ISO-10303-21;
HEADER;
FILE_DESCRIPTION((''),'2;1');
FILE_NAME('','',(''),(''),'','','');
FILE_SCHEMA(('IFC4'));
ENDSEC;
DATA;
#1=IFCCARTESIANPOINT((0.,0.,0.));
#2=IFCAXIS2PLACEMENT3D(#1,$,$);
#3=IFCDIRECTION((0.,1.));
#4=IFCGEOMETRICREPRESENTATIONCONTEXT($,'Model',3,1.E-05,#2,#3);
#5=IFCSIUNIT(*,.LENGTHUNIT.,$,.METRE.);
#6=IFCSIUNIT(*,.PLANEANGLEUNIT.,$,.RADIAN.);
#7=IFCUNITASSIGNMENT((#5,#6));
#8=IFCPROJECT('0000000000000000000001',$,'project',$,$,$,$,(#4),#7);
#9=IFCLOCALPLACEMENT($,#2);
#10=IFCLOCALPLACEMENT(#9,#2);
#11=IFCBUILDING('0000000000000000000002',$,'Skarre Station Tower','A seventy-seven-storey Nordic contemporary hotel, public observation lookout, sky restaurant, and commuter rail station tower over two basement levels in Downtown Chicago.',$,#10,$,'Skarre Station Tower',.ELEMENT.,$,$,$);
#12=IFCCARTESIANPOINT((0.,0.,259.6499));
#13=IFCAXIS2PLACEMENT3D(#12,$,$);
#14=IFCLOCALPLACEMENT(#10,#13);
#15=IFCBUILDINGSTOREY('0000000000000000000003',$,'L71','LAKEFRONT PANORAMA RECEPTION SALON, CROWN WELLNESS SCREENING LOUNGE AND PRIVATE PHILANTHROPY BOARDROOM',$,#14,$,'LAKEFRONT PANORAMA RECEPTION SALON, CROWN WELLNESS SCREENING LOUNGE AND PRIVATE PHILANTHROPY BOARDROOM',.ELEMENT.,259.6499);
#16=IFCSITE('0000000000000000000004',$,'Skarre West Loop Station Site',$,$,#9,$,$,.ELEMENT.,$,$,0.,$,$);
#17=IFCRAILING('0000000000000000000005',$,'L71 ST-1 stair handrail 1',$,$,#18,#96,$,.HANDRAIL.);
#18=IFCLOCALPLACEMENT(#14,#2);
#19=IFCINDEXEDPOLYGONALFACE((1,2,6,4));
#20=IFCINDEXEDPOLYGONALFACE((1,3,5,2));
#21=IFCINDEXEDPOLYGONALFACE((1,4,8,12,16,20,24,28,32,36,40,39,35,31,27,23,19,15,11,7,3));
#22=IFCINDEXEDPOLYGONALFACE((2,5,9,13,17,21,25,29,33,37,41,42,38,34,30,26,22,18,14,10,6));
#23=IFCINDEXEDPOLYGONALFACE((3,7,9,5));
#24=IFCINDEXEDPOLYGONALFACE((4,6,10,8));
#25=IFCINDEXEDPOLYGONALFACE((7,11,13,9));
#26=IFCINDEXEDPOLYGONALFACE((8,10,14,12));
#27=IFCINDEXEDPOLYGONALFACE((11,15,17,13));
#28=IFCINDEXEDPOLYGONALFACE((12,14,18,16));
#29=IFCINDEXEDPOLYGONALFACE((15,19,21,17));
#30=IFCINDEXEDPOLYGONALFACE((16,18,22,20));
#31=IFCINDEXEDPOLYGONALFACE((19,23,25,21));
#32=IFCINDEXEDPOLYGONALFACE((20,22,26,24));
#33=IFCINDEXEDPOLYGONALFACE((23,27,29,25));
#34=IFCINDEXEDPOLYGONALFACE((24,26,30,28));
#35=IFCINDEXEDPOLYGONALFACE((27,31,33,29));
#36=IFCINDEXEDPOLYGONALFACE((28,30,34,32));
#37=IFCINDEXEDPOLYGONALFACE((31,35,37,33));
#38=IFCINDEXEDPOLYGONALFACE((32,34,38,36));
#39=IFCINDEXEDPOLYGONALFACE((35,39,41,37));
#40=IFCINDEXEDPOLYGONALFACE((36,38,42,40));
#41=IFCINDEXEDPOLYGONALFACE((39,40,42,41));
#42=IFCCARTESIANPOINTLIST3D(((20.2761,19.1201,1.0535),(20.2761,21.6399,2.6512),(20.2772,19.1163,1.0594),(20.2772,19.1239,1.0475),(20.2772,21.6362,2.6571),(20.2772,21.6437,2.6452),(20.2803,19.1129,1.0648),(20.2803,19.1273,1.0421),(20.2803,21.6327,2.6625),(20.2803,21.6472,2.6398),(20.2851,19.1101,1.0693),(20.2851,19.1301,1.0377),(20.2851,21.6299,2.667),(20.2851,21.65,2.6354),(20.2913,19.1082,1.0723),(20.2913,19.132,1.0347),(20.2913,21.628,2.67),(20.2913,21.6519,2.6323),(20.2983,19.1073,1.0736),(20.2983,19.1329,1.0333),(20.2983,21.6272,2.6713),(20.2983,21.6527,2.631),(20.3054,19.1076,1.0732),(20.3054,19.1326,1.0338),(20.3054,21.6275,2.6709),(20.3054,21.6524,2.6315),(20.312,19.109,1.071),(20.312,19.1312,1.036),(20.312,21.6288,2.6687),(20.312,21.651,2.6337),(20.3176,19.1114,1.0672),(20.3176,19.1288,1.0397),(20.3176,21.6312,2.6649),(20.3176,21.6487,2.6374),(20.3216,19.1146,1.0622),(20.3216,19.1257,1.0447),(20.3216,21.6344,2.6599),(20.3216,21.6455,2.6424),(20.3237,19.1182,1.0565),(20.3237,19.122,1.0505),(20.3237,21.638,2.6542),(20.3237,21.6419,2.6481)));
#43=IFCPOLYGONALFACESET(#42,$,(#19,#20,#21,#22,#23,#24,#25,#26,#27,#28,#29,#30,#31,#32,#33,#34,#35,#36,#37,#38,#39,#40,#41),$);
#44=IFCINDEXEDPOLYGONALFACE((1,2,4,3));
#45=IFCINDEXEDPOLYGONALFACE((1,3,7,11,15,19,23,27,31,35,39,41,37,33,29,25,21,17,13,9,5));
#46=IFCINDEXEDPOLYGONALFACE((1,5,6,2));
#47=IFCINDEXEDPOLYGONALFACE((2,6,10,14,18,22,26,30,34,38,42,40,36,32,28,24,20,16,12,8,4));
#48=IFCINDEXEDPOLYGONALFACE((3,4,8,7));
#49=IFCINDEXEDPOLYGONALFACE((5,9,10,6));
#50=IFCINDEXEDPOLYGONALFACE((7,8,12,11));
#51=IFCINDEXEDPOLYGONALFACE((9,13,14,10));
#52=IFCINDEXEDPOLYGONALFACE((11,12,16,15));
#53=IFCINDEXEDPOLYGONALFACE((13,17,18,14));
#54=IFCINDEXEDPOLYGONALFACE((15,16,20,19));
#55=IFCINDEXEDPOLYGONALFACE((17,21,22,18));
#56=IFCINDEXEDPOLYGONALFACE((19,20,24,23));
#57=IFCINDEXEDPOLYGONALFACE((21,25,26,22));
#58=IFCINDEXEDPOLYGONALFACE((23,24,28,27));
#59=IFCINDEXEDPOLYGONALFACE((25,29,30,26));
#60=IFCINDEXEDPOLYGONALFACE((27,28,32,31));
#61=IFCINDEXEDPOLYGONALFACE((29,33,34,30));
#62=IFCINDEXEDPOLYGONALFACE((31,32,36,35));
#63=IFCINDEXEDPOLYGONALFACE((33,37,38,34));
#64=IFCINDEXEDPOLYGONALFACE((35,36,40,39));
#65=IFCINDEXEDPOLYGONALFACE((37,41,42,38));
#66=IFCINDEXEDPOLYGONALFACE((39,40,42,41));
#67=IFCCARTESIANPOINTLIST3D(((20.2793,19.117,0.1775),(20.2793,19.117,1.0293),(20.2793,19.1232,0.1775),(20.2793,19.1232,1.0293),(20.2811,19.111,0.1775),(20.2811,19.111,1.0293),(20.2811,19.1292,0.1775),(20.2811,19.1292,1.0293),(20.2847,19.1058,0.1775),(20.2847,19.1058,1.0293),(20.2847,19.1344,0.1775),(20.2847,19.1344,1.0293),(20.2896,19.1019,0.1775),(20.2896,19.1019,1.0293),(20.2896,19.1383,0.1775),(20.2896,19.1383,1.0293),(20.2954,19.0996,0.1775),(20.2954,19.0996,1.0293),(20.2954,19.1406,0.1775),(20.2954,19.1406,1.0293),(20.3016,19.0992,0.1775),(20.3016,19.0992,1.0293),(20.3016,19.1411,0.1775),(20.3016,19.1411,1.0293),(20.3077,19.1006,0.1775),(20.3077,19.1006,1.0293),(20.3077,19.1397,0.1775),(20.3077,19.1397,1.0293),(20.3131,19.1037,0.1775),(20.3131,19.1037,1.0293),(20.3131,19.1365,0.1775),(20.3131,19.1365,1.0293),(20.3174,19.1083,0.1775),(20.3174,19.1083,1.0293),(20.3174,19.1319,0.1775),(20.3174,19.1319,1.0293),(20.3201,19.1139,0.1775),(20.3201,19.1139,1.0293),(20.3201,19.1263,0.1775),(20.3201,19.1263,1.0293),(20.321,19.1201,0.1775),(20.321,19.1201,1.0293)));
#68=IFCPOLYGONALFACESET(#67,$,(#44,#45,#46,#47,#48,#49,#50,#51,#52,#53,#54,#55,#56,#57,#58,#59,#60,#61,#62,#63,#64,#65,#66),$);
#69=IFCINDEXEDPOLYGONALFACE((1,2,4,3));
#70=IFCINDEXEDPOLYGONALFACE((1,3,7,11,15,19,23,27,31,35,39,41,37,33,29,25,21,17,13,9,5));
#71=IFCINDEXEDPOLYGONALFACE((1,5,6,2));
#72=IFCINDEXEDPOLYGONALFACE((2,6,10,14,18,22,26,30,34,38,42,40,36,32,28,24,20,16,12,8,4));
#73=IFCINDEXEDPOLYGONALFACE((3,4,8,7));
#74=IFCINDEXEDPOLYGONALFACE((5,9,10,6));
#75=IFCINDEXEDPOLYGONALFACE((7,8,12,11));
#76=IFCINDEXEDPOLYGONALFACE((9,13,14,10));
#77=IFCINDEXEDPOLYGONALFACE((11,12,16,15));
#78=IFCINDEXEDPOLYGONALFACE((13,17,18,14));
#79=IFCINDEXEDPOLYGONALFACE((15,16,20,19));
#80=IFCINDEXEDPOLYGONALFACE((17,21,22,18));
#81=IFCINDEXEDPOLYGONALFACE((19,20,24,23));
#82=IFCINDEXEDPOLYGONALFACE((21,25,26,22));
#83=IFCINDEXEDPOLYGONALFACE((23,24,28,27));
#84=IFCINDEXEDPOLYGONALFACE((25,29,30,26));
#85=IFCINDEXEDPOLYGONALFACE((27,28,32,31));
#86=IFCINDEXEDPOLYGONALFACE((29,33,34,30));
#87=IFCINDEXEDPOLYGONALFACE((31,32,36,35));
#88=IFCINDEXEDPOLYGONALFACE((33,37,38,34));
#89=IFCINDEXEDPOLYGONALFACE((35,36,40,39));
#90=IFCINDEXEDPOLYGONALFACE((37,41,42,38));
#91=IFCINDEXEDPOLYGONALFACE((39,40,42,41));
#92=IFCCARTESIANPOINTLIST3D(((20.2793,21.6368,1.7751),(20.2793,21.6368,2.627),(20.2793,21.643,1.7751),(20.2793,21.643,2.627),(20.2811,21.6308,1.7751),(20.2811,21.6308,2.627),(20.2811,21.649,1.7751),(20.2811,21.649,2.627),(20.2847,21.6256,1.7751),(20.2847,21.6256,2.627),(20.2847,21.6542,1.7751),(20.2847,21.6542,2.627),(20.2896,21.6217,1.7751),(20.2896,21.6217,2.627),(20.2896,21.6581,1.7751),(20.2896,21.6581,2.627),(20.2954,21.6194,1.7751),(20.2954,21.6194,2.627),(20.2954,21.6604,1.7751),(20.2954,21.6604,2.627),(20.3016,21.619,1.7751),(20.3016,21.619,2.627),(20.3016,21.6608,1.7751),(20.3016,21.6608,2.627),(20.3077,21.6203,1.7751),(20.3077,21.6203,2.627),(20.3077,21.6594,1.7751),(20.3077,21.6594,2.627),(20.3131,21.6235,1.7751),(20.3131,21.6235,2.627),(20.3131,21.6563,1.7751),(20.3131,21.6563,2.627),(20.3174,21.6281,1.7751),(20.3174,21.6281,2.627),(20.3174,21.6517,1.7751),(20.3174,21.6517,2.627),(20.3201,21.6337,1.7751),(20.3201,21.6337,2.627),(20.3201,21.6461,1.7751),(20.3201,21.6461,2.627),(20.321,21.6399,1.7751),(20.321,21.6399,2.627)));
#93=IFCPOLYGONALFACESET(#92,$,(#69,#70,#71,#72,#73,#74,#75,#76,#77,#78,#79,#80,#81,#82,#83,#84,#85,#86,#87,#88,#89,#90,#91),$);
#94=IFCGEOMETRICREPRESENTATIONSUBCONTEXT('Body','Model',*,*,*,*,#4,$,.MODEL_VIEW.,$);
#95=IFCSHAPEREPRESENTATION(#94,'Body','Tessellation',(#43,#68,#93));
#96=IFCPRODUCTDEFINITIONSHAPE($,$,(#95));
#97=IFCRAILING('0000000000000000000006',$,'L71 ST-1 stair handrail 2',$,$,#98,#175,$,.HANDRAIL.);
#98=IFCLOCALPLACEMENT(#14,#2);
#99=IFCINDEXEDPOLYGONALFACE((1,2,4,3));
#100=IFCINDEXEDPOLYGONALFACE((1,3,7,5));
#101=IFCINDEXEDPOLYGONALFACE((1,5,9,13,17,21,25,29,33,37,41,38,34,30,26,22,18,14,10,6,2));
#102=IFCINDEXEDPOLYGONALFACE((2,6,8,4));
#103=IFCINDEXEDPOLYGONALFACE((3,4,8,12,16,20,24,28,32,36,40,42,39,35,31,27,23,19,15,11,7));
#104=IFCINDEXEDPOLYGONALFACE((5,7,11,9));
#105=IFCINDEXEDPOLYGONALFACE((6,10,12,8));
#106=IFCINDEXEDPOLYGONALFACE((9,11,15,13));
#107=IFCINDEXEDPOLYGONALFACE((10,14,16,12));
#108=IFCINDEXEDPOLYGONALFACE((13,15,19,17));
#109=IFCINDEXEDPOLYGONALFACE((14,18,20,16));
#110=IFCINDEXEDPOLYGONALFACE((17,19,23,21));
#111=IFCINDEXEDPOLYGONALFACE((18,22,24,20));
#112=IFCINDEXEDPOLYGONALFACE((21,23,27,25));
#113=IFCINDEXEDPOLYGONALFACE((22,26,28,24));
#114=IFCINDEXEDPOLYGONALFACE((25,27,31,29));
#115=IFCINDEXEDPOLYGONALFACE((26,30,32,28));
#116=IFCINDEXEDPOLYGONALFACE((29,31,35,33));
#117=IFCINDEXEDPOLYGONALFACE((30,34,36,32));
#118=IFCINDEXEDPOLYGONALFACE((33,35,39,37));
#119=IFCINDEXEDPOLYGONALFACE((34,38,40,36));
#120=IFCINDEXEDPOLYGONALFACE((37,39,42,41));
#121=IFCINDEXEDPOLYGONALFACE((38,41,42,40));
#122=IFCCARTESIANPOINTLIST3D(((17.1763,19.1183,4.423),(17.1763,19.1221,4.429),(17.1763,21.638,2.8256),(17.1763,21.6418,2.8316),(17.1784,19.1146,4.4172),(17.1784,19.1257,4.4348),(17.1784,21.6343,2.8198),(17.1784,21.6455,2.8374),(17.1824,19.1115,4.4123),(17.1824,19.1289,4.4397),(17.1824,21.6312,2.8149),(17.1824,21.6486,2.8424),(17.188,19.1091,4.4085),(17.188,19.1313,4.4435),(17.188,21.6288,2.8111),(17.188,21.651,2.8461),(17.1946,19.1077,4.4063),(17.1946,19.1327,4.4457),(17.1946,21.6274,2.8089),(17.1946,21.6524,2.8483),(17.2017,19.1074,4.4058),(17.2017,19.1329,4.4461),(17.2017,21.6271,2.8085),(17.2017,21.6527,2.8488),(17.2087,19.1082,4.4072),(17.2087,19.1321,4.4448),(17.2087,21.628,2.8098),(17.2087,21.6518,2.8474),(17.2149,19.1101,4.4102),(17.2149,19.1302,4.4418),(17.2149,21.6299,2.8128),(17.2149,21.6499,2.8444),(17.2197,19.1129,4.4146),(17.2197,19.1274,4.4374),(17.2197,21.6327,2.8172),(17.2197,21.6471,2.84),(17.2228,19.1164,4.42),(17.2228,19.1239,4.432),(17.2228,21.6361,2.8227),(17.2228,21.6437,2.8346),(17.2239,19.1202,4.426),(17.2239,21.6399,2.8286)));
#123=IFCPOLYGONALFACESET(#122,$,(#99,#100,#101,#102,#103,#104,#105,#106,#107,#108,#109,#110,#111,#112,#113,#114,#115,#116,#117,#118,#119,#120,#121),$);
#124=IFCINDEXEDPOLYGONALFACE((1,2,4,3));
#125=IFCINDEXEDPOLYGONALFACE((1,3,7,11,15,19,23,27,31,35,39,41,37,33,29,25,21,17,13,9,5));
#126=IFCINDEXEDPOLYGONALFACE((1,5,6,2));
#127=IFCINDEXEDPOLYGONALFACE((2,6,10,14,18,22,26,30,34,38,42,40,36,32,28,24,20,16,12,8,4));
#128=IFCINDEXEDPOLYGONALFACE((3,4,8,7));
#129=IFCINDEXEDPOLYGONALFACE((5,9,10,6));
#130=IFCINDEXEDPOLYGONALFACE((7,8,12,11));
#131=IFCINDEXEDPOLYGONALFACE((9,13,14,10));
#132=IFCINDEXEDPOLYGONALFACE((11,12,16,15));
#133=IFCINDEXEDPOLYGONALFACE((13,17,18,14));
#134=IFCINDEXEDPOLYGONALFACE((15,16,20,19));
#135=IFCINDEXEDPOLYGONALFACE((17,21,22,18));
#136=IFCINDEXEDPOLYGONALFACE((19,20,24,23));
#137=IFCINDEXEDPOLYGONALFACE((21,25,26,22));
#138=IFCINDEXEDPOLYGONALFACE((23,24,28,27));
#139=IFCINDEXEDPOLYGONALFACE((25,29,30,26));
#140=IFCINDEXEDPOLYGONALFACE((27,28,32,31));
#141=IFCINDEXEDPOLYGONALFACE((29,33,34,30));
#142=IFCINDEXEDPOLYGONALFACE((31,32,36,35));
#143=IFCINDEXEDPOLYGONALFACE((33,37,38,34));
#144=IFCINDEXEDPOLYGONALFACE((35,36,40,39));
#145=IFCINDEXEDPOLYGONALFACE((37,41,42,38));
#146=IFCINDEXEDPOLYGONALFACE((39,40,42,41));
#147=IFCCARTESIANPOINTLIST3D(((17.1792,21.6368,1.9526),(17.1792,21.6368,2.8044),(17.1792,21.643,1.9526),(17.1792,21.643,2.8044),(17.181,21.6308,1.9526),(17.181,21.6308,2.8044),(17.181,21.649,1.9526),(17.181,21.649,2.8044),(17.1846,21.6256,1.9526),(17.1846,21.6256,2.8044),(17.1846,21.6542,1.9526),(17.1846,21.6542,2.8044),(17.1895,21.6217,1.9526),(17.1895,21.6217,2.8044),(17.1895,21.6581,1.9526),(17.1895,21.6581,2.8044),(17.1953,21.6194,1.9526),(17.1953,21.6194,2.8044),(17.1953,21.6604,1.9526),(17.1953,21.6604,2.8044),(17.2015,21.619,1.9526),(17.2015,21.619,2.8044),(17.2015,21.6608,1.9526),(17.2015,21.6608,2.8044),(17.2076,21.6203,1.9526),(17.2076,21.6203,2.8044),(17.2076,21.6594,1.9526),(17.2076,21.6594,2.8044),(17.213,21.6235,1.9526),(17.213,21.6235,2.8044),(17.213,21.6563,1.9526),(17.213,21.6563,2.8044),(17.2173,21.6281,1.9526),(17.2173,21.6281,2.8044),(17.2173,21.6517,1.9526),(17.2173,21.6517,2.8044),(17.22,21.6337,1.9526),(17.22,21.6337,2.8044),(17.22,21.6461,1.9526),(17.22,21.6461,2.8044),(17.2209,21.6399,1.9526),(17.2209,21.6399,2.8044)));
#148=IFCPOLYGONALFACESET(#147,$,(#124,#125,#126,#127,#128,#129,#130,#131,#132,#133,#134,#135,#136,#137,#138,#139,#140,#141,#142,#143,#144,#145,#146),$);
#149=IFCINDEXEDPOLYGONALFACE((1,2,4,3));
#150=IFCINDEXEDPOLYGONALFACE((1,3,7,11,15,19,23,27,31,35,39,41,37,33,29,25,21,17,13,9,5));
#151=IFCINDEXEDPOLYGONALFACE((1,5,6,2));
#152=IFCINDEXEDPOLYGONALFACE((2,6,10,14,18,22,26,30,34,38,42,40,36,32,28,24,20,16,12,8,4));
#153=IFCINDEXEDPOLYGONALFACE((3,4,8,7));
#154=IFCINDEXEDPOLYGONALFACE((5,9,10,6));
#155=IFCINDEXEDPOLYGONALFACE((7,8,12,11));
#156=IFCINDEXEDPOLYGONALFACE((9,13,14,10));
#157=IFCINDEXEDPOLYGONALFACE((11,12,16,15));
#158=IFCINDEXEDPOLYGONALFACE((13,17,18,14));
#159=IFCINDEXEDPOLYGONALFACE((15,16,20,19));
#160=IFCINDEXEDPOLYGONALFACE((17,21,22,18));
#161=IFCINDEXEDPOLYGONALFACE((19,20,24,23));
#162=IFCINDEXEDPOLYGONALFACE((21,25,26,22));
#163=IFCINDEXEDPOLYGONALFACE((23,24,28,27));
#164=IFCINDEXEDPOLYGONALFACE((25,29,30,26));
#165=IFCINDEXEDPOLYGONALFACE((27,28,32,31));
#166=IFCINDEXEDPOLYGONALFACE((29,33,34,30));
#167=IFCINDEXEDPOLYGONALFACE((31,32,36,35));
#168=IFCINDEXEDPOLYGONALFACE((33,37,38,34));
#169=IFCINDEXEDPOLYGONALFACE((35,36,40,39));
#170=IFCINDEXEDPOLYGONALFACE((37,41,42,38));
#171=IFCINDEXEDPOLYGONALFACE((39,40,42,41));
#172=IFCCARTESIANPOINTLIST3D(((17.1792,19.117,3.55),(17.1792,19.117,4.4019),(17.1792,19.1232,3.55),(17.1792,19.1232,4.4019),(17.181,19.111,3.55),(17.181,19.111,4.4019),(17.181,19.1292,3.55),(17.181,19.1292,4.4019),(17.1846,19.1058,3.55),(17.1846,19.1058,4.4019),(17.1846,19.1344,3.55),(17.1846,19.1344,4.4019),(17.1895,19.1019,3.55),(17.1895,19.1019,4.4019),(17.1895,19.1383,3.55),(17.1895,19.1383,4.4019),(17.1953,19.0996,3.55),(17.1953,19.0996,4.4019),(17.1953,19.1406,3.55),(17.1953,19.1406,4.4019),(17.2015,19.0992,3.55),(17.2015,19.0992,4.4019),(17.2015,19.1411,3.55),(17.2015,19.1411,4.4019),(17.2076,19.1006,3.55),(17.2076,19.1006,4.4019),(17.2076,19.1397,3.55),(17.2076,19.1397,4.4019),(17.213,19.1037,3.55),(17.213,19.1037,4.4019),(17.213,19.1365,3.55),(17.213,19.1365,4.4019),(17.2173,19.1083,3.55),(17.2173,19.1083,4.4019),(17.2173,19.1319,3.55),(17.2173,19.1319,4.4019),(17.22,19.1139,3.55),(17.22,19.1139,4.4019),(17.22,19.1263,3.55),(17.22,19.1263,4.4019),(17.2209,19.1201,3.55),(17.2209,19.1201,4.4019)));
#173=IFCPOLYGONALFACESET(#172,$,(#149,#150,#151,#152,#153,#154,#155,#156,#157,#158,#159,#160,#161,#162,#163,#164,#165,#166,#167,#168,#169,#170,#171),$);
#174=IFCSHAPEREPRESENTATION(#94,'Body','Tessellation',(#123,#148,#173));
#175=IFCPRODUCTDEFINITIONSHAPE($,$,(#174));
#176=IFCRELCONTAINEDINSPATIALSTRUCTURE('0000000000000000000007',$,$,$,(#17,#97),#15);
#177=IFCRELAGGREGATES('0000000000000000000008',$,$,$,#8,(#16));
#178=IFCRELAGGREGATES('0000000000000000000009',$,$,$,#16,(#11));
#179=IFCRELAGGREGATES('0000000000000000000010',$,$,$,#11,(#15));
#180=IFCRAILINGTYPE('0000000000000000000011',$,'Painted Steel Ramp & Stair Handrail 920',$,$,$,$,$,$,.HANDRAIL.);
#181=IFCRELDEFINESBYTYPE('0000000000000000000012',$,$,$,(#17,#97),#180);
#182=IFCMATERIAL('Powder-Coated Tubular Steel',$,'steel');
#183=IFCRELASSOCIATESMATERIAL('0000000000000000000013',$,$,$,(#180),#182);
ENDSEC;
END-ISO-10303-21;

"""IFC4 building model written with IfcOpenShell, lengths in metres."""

from ifc_helpers import new_model, si_unit, direction, frame, origin, origin_2d, place, context, subcontext, project, spatial, circle, extrude, material, type_object, element, save


model = new_model("IFC4")

# Units and contexts
model_context = context("Model", 3, precision=1e-05, world=origin(), true_north=direction((0.0, 1.0)))
body_context = subcontext(model_context, "Body", "Model", "MODEL_VIEW")
ifc_project = project(units=[si_unit("LENGTHUNIT", "METRE"), si_unit("PLANEANGLEUNIT", "RADIAN")], contexts=[model_context])

# Site, building, storey
site_placement = place(None, origin())
site = spatial("IfcSite", under=ifc_project, at=site_placement, Name="Skarre West Loop Station Site", CompositionType="ELEMENT", RefElevation=0.0)
building_placement = place(site_placement, origin())
building = spatial("IfcBuilding", under=site, at=building_placement, Name="Skarre Station Tower", Description="A seventy-seven-storey Nordic contemporary hotel, public observation lookout, sky restaurant, and commuter rail station tower over two basement levels in Downtown Chicago.", LongName="Skarre Station Tower", CompositionType="ELEMENT")
storey_placement = place(building_placement, frame((0.0, 0.0, 259.6499)))
storey = spatial("IfcBuildingStorey", under=building, at=storey_placement, Name="L71", Description="LAKEFRONT PANORAMA RECEPTION SALON, CROWN WELLNESS SCREENING LOUNGE AND PRIVATE PHILANTHROPY BOARDROOM", LongName="LAKEFRONT PANORAMA RECEPTION SALON, CROWN WELLNESS SCREENING LOUNGE AND PRIVATE PHILANTHROPY BOARDROOM", CompositionType="ELEMENT", Elevation=259.6499)

# Railings
ifc_material_1 = material(Name="Powder-Coated Tubular Steel", Category="steel")
railing_type_1 = type_object("IfcRailingType", Name="Painted Steel Ramp & Stair Handrail 920", PredefinedType="HANDRAIL", material=ifc_material_1)
railing_1_placement = place(storey_placement, frame((20.3, 19.1201, 0.1775)))
element("IfcRailing", 1, at=railing_1_placement, inside=storey, type_object=railing_type_1, Name="L71 ST-1 stair handrail 1", PredefinedType="HANDRAIL", context=body_context, shape_type="SweptSolid", body=[
    extrude(circle(Radius=0.0239, at=origin_2d()), frame((0.0, 0.0, 0.876), z_axis=(0.0, 0.844546, 0.535482), x_axis=(-1.0, 0.0, 0.0)), (0.0, 0.0, 1.0), 2.9836),
    extrude(circle(Radius=0.021, at=origin_2d()), origin(), (0.0, 0.0, 1.0), 0.8518),
    extrude(circle(Radius=0.021, at=origin_2d()), frame((0.0, 2.5198, 1.5977)), (0.0, 0.0, 1.0), 0.8518),
])
railing_2_placement = place(storey_placement, frame((17.2, 21.6399, 1.9526)))
element("IfcRailing", 2, at=railing_2_placement, inside=storey, type_object=railing_type_1, Name="L71 ST-1 stair handrail 2", PredefinedType="HANDRAIL", context=body_context, shape_type="SweptSolid", body=[
    extrude(circle(Radius=0.0239, at=origin_2d()), frame((0.0, 0.0, 0.876), z_axis=(0.0, -0.844583, 0.535424), x_axis=(1.0, 0.0, 0.0)), (0.0, 0.0, 1.0), 2.9834),
    extrude(circle(Radius=0.021, at=origin_2d()), origin(), (0.0, 0.0, 1.0), 0.8518),
    extrude(circle(Radius=0.021, at=origin_2d()), frame((0.0, -2.5198, 1.5974)), (0.0, 0.0, 1.0), 0.8518),
])

save(model, "model.ifc")
